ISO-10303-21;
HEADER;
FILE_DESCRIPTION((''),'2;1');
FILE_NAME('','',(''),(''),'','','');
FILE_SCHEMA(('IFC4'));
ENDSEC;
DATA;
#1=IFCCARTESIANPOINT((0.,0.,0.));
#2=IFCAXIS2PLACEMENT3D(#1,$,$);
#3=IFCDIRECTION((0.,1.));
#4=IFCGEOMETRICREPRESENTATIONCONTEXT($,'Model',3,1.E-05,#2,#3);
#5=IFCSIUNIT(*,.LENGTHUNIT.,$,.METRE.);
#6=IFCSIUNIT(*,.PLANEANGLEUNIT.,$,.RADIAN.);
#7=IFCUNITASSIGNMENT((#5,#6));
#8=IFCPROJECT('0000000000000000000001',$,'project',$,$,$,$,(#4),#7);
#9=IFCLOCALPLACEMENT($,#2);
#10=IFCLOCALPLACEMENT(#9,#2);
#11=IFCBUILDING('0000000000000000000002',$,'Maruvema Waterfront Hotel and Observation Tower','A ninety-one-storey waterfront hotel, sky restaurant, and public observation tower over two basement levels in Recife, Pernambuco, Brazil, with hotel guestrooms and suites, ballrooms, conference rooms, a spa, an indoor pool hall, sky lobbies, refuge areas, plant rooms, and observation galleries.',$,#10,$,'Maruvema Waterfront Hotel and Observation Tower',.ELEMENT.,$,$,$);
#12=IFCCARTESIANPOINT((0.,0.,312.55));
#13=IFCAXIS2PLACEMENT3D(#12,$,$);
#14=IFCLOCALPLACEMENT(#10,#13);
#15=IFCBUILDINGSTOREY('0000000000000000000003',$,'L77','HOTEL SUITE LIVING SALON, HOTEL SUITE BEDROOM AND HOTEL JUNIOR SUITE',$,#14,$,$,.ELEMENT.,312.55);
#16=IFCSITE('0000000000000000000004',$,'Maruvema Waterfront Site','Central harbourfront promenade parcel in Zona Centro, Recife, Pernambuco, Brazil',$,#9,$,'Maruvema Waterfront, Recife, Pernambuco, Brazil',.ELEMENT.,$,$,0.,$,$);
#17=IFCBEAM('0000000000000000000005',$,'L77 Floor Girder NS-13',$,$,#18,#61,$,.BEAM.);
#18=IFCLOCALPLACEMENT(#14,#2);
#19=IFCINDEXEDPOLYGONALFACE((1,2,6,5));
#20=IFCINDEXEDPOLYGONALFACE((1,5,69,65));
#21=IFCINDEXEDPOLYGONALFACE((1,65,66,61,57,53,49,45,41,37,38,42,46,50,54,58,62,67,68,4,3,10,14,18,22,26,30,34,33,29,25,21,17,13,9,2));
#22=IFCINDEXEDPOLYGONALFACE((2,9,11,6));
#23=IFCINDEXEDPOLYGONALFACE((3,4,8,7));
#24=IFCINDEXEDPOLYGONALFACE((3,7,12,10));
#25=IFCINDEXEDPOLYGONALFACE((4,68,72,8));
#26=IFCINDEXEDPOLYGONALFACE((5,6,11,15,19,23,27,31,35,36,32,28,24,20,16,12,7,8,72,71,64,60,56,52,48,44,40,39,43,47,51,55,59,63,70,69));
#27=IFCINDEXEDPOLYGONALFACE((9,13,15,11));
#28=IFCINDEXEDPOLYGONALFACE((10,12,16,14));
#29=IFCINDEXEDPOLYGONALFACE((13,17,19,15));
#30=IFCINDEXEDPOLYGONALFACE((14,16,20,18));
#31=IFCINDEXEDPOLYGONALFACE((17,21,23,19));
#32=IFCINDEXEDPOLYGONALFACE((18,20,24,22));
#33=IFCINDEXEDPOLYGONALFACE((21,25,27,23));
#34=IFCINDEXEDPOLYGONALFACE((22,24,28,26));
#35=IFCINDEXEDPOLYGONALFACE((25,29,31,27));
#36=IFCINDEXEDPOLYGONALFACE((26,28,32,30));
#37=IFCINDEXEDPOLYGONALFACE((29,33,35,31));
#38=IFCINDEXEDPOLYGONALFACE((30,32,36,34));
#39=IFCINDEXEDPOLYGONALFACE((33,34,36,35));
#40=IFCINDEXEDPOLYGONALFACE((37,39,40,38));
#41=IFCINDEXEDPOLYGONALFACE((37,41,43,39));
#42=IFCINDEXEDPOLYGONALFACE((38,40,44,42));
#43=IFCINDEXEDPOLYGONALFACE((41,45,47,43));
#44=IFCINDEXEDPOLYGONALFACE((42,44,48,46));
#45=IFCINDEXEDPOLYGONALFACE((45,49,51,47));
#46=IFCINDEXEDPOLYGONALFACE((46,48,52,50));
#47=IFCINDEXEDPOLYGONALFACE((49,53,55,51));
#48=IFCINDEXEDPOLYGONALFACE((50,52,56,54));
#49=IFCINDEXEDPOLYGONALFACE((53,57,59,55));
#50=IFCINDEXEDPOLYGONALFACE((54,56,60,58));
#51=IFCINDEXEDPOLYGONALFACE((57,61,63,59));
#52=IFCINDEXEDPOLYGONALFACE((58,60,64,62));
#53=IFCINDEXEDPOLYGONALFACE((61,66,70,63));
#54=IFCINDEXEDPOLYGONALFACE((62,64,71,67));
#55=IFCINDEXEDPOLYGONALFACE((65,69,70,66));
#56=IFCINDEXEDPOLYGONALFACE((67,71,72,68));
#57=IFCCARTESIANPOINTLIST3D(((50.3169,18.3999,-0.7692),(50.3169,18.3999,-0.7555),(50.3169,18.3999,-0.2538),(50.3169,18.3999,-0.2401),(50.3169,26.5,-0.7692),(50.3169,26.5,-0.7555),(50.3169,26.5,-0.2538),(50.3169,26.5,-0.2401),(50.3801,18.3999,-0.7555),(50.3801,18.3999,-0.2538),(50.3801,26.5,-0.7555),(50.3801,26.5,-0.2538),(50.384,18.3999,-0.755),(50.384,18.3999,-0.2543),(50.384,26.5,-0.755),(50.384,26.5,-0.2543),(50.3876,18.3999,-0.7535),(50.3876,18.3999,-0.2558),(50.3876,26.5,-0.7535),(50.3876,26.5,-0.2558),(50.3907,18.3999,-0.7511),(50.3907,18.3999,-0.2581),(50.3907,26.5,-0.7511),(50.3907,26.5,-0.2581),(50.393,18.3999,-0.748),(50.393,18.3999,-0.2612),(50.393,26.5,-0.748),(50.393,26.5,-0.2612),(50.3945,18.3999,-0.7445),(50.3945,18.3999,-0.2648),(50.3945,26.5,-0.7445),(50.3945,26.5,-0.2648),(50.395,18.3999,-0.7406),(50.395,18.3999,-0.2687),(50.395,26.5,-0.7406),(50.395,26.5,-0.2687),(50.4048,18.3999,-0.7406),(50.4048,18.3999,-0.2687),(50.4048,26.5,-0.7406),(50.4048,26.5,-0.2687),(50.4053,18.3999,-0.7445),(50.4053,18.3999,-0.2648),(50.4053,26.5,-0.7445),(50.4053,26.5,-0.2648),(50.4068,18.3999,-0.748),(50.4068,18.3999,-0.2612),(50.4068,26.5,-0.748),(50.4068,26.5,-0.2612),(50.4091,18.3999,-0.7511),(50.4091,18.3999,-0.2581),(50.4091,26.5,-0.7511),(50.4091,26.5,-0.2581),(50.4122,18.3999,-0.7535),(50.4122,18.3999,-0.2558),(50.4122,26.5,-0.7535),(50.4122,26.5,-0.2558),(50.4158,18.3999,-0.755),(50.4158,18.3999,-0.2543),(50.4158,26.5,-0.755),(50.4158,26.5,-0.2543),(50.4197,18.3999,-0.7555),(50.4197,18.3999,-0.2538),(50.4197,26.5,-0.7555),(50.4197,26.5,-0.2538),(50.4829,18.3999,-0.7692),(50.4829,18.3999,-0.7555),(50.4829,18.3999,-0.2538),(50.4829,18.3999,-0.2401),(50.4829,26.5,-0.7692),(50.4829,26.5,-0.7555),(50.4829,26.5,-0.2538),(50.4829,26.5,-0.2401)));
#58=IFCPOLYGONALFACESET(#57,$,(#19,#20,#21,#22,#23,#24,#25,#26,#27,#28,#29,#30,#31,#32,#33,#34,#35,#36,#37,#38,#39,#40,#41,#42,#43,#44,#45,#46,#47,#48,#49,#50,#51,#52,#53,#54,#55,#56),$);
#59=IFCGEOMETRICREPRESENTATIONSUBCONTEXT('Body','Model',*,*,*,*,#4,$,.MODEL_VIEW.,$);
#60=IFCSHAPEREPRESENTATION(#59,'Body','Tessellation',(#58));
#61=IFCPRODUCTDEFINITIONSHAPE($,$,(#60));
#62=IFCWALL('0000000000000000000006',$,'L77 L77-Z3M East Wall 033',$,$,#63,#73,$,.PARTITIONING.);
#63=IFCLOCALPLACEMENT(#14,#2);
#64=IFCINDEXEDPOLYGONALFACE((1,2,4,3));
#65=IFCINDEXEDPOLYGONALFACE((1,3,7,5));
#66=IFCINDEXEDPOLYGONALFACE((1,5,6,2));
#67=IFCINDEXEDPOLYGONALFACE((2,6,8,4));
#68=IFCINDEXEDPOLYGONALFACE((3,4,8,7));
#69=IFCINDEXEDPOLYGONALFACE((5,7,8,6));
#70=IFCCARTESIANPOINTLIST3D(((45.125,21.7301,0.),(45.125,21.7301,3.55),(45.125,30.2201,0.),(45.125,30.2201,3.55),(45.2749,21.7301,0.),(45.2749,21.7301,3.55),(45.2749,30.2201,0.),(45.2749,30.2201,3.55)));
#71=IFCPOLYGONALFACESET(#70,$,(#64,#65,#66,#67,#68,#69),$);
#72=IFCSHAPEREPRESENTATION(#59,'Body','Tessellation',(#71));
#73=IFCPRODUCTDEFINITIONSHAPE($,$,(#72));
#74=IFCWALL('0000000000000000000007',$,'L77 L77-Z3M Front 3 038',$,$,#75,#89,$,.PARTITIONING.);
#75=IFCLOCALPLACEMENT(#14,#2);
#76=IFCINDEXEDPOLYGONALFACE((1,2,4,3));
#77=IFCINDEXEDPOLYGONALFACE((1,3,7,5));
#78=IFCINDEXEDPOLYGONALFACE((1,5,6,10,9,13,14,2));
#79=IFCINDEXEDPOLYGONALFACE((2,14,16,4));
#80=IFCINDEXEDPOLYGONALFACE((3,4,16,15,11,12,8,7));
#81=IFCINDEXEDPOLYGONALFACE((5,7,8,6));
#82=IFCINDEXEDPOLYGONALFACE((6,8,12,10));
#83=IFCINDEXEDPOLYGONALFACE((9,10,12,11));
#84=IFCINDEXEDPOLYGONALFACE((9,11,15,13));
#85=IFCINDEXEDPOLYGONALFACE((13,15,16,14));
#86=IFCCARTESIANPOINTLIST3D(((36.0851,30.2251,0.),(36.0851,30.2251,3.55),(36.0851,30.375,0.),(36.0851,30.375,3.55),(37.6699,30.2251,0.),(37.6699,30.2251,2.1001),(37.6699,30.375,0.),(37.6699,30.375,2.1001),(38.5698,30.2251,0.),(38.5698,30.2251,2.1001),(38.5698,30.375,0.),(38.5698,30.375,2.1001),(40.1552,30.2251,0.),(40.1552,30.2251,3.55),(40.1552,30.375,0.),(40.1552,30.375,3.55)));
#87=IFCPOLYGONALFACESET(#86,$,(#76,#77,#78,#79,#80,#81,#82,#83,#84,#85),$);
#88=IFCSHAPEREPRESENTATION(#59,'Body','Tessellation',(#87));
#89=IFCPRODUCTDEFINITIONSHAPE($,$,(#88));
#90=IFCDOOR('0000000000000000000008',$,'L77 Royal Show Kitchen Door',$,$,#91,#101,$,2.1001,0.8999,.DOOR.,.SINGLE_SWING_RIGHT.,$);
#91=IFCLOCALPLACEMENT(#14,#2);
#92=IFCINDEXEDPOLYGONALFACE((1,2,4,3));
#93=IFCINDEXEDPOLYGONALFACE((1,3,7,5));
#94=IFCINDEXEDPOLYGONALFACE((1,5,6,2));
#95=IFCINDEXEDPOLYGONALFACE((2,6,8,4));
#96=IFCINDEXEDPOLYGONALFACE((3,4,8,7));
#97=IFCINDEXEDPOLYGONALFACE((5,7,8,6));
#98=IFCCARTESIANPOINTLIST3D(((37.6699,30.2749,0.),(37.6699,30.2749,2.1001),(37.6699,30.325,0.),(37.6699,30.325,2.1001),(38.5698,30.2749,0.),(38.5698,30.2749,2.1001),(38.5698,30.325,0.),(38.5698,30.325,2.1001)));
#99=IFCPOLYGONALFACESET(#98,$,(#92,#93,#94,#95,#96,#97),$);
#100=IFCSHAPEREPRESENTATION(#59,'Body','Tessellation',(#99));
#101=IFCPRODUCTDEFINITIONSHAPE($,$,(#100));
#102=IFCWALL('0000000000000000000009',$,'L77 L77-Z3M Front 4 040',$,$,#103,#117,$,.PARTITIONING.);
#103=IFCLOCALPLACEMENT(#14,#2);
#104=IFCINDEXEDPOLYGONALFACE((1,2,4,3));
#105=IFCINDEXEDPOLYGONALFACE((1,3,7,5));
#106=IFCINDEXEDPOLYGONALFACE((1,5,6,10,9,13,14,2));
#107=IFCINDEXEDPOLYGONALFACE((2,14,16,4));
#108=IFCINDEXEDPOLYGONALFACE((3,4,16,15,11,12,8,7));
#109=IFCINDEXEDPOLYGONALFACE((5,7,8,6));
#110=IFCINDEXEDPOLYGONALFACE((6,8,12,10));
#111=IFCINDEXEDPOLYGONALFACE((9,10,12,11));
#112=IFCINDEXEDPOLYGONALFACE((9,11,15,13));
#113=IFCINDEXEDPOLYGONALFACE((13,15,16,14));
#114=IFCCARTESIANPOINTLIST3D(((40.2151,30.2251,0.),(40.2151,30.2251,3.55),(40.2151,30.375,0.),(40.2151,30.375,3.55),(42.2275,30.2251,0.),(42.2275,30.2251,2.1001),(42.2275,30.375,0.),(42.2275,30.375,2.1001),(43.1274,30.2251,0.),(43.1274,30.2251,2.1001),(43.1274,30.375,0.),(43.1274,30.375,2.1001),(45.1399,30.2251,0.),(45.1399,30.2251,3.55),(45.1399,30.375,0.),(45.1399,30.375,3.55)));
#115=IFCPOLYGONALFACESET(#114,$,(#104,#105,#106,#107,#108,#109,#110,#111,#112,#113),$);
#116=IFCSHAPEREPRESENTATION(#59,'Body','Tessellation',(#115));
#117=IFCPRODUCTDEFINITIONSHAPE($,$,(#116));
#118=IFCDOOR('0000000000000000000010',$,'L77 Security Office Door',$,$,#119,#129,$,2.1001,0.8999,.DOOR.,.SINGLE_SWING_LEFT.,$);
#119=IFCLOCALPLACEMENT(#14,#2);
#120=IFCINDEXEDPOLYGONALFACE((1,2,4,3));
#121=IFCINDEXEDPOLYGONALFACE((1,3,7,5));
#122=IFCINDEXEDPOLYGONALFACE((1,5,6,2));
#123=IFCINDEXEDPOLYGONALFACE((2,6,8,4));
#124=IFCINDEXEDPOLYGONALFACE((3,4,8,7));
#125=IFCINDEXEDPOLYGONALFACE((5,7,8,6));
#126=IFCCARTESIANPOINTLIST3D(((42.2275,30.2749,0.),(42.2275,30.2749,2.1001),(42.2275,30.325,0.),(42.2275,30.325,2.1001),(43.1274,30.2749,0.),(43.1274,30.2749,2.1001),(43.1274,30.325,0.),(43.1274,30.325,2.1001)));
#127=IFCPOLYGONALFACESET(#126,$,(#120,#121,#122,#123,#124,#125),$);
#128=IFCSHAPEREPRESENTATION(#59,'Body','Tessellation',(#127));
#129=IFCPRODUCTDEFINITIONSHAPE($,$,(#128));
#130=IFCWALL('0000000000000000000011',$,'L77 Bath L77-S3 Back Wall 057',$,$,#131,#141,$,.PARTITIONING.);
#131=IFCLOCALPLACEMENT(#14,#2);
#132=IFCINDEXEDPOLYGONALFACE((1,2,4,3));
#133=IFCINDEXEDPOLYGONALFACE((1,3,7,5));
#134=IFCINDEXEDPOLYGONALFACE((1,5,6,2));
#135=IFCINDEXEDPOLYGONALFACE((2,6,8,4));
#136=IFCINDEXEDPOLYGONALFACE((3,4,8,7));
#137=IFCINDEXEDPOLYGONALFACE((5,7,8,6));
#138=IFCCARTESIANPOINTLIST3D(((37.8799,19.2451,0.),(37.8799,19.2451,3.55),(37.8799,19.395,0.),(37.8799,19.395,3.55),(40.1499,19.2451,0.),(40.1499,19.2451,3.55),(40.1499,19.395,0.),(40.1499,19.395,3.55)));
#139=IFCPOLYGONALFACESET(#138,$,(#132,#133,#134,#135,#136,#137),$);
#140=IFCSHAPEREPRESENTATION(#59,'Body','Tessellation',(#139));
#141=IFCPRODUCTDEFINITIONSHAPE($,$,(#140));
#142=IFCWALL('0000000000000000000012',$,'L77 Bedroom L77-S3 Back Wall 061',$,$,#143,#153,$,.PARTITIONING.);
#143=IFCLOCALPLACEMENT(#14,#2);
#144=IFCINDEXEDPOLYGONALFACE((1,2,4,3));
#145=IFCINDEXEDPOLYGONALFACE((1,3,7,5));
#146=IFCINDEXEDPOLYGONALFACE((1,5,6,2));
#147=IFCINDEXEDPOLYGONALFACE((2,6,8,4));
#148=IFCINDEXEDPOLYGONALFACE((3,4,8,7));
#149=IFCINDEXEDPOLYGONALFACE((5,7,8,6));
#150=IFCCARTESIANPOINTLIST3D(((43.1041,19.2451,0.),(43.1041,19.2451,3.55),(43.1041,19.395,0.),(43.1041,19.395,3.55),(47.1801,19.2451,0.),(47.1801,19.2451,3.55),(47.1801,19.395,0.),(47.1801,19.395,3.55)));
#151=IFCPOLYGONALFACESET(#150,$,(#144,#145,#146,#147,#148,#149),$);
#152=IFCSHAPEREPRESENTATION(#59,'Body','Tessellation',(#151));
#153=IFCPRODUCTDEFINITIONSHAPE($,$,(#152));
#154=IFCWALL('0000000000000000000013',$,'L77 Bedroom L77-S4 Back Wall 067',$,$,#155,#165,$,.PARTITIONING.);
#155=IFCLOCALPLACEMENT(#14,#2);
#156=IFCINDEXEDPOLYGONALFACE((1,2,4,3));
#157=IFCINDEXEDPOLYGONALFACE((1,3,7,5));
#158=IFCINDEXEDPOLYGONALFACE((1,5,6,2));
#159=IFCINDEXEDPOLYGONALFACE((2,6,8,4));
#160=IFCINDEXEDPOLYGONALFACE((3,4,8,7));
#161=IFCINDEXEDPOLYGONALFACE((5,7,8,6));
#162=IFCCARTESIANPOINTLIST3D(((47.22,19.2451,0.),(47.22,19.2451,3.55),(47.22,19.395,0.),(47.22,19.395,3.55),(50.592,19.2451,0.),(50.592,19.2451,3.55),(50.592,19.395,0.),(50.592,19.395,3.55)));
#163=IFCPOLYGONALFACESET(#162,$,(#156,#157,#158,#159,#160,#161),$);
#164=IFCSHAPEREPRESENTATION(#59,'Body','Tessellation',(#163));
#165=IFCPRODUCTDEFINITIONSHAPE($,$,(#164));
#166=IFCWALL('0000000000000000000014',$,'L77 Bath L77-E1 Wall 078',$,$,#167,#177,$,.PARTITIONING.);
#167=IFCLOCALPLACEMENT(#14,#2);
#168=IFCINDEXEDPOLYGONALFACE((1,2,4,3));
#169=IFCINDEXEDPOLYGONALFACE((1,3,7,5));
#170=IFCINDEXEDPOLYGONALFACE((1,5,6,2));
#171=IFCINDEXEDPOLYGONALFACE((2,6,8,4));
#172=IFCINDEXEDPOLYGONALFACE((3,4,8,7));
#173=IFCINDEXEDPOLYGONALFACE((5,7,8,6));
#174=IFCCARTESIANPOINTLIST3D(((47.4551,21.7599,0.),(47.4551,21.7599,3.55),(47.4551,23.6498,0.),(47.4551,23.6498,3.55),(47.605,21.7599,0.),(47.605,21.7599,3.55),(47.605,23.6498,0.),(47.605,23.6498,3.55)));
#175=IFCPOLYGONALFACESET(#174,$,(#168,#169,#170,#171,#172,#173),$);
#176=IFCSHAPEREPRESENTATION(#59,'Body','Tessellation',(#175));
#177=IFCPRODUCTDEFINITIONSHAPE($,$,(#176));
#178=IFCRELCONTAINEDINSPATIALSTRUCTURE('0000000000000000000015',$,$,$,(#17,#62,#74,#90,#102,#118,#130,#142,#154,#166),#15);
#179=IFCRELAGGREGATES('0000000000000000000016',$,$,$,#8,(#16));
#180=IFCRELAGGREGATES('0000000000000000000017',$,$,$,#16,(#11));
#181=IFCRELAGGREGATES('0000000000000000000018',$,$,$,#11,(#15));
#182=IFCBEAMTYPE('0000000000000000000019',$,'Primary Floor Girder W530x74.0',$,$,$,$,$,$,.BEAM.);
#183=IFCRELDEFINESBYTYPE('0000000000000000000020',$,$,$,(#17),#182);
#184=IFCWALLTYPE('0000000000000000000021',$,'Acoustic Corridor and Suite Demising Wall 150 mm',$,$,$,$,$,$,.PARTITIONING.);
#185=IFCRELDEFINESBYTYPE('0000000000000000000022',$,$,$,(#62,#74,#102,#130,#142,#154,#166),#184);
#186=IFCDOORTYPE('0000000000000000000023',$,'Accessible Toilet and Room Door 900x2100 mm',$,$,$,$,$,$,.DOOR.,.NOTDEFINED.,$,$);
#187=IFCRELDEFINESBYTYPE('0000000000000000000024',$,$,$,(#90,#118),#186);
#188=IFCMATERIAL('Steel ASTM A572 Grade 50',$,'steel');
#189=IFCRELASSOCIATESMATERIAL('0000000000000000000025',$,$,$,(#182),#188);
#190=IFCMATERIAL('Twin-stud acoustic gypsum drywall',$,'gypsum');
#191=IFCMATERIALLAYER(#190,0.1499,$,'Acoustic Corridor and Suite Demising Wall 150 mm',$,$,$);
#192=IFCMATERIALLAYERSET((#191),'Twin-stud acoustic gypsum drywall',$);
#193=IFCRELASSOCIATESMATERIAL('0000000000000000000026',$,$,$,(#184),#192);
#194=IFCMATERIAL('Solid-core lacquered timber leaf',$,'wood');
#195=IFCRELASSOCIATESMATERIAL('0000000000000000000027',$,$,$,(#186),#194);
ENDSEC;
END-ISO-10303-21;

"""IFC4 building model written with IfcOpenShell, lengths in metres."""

from ifc_helpers import new_model, si_unit, direction, frame, frame_2d, origin, origin_2d, place, context, subcontext, project, spatial, rectangle, i_section, extrude, material, layer, layer_set, material_profile, profile_set, type_object, element, fill, save


model = new_model("IFC4")

# Units and contexts
model_context = context("Model", 3, precision=1e-05, world=origin(), true_north=direction((0.0, 1.0)))
body_context = subcontext(model_context, "Body", "Model", "MODEL_VIEW")
ifc_project = project(units=[si_unit("LENGTHUNIT", "METRE"), si_unit("PLANEANGLEUNIT", "RADIAN")], contexts=[model_context])

# Site, building, storey
site_placement = place(None, origin())
site = spatial("IfcSite", under=ifc_project, at=site_placement, Name="Maruvema Waterfront Site", Description="Central harbourfront promenade parcel in Zona Centro, Recife, Pernambuco, Brazil", LongName="Maruvema Waterfront, Recife, Pernambuco, Brazil", CompositionType="ELEMENT", RefElevation=0.0)
building_placement = place(site_placement, origin())
building = spatial("IfcBuilding", under=site, at=building_placement, Name="Maruvema Waterfront Hotel and Observation Tower", Description="A ninety-one-storey waterfront hotel, sky restaurant, and public observation tower over two basement levels in Recife, Pernambuco, Brazil, with hotel guestrooms and suites, ballrooms, conference rooms, a spa, an indoor pool hall, sky lobbies, refuge areas, plant rooms, and observation galleries.", LongName="Maruvema Waterfront Hotel and Observation Tower", CompositionType="ELEMENT")
storey_placement = place(building_placement, frame((0.0, 0.0, 312.55)))
storey = spatial("IfcBuildingStorey", under=building, at=storey_placement, Name="L77", Description="HOTEL SUITE LIVING SALON, HOTEL SUITE BEDROOM AND HOTEL JUNIOR SUITE", CompositionType="ELEMENT", Elevation=312.55)

# Beam
ifc_material_1 = material(Name="Steel ASTM A572 Grade 50", Category="steel")
ifc_material_profile = material_profile(ifc_material_1, i_section(OverallWidth=0.166, OverallDepth=0.5291, WebThickness=0.0098, FlangeThickness=0.0137, FilletRadius=0.0149, at=origin_2d()), Name="W530x74.0")
ifc_profile_set = profile_set([ifc_material_profile], Name="Steel ASTM A572 Grade 50")
beam_type = type_object("IfcBeamType", Name="Primary Floor Girder W530x74.0", PredefinedType="BEAM", material=ifc_profile_set)
beam_placement = place(storey_placement, frame((50.3999, 18.3999, -0.5046), z_axis=(0.0, 1.0, 0.0), x_axis=(-1.0, 0.0, 0.0)))
element("IfcBeam", 1, at=beam_placement, inside=storey, type_object=beam_type, Name="L77 Floor Girder NS-13", PredefinedType="BEAM", context=body_context, shape_type="SweptSolid", body=[
    extrude(i_section(OverallWidth=0.166, OverallDepth=0.5291, WebThickness=0.0098, FlangeThickness=0.0137, FilletRadius=0.0149, at=origin_2d()), origin(), (0.0, 0.0, 1.0), 8.1001),
])

# Wall
ifc_material_2 = material(Name="Twin-stud acoustic gypsum drywall", Category="gypsum")
ifc_layer_1 = layer(ifc_material_2, 0.1499, Name="Acoustic Corridor and Suite Demising Wall 150 mm")
ifc_layer_set_1 = layer_set([ifc_layer_1], Name="Twin-stud acoustic gypsum drywall")
wall_type_1 = type_object("IfcWallType", Name="Acoustic Corridor and Suite Demising Wall 150 mm", PredefinedType="PARTITIONING", material=ifc_layer_set_1)
wall_1_placement = place(storey_placement, frame((45.2, 21.73, 0.0), z_axis=(0.0, 0.0, 1.0), x_axis=(0.0, 1.0, 0.0)))
element("IfcWall", 2, at=wall_1_placement, inside=storey, type_object=wall_type_1, Name="L77 L77-Z3M East Wall 033", PredefinedType="PARTITIONING", context=body_context, shape_type="SweptSolid", body=[
    extrude(rectangle(XDim=8.49, YDim=0.1499, at=frame_2d((4.2451, 0.0))), origin(), (0.0, 0.0, 1.0), 3.55),
])

# Walls, openings, doors
wall_2_placement = place(storey_placement, frame((36.085, 30.3, 0.0), z_axis=(0.0, 0.0, 1.0), x_axis=(1.0, 0.0, 0.0)))
wall_2 = element("IfcWall", 3, at=wall_2_placement, inside=storey, type_object=wall_type_1, Name="L77 L77-Z3M Front 3 038", PredefinedType="PARTITIONING", context=body_context, shape_type="SweptSolid", body=[
    extrude(rectangle(XDim=4.0701, YDim=0.1499, at=frame_2d((2.0352, 0.0))), origin(), (0.0, 0.0, 1.0), 3.55),
])
opening_1_placement = place(wall_2_placement, frame((1.585, 0.0, 0.0)))
opening_1 = element("IfcOpeningElement", 4, at=opening_1_placement, cuts=wall_2, PredefinedType="OPENING", context=body_context, shape_type="SweptSolid", body=[
    extrude(rectangle(XDim=0.8999, YDim=2.1001, at=frame_2d((0.45, 1.05))), frame((0.0, 0.085, 0.0), z_axis=(0.0, -1.0, 0.0), x_axis=(1.0, 0.0, 0.0)), (0.0, 0.0, 1.0), 0.1699),
])
ifc_material_3 = material(Name="Solid-core lacquered timber leaf", Category="wood")
door_type_1 = type_object("IfcDoorType", Name="Accessible Toilet and Room Door 900x2100 mm", OperationType="NOTDEFINED", PredefinedType="DOOR", material=ifc_material_3)
door_1_placement = place(opening_1_placement, origin())
door_1 = element("IfcDoor", 5, at=door_1_placement, inside=storey, type_object=door_type_1, Name="L77 Royal Show Kitchen Door", OperationType="SINGLE_SWING_RIGHT", OverallHeight=2.1001, OverallWidth=0.8999, PredefinedType="DOOR", context=body_context, shape_type="SweptSolid", body=[
    extrude(rectangle(XDim=0.8999, YDim=2.1001, at=frame_2d((0.45, 1.05))), frame((0.0, 0.0249, 0.0), z_axis=(0.0, -1.0, 0.0), x_axis=(1.0, 0.0, 0.0)), (0.0, 0.0, 1.0), 0.05),
])
fill(opening_1, door_1)
wall_3_placement = place(storey_placement, frame((40.2151, 30.3, 0.0), z_axis=(0.0, 0.0, 1.0), x_axis=(1.0, 0.0, 0.0)))
wall_3 = element("IfcWall", 6, at=wall_3_placement, inside=storey, type_object=wall_type_1, Name="L77 L77-Z3M Front 4 040", PredefinedType="PARTITIONING", context=body_context, shape_type="SweptSolid", body=[
    extrude(rectangle(XDim=4.9248, YDim=0.1499, at=frame_2d((2.4624, 0.0))), origin(), (0.0, 0.0, 1.0), 3.55),
])
opening_2_placement = place(wall_3_placement, frame((2.0125, 0.0, 0.0)))
opening_2 = element("IfcOpeningElement", 7, at=opening_2_placement, cuts=wall_3, PredefinedType="OPENING", context=body_context, shape_type="SweptSolid", body=[
    extrude(rectangle(XDim=0.8999, YDim=2.1001, at=frame_2d((0.45, 1.05))), frame((0.0, 0.085, 0.0), z_axis=(0.0, -1.0, 0.0), x_axis=(1.0, 0.0, 0.0)), (0.0, 0.0, 1.0), 0.1699),
])
door_2_placement = place(opening_2_placement, origin())
door_2 = element("IfcDoor", 8, at=door_2_placement, inside=storey, type_object=door_type_1, Name="L77 Security Office Door", OperationType="SINGLE_SWING_LEFT", OverallHeight=2.1001, OverallWidth=0.8999, PredefinedType="DOOR", context=body_context, shape_type="SweptSolid", body=[
    extrude(rectangle(XDim=0.8999, YDim=2.1001, at=frame_2d((0.45, 1.05))), frame((0.0, 0.0249, 0.0), z_axis=(0.0, -1.0, 0.0), x_axis=(1.0, 0.0, 0.0)), (0.0, 0.0, 1.0), 0.05),
])
fill(opening_2, door_2)

# Wall
wall_4_placement = place(storey_placement, frame((37.8799, 19.3201, 0.0), z_axis=(0.0, 0.0, 1.0), x_axis=(1.0, 0.0, 0.0)))
element("IfcWall", 9, at=wall_4_placement, inside=storey, type_object=wall_type_1, Name="L77 Bath L77-S3 Back Wall 057", PredefinedType="PARTITIONING", context=body_context, shape_type="SweptSolid", body=[
    extrude(rectangle(XDim=2.27, YDim=0.1499, at=frame_2d((1.135, 0.0))), origin(), (0.0, 0.0, 1.0), 3.55),
])

# Walls
wall_5_placement = place(storey_placement, frame((43.104, 19.3201, 0.0), z_axis=(0.0, 0.0, 1.0), x_axis=(1.0, 0.0, 0.0)))
element("IfcWall", 10, at=wall_5_placement, inside=storey, type_object=wall_type_1, Name="L77 Bedroom L77-S3 Back Wall 061", PredefinedType="PARTITIONING", context=body_context, shape_type="SweptSolid", body=[
    extrude(rectangle(XDim=4.0759, YDim=0.1499, at=frame_2d((2.0381, 0.0))), origin(), (0.0, 0.0, 1.0), 3.55),
])
wall_6_placement = place(storey_placement, frame((47.22, 19.3201, 0.0), z_axis=(0.0, 0.0, 1.0), x_axis=(1.0, 0.0, 0.0)))
element("IfcWall", 11, at=wall_6_placement, inside=storey, type_object=wall_type_1, Name="L77 Bedroom L77-S4 Back Wall 067", PredefinedType="PARTITIONING", context=body_context, shape_type="SweptSolid", body=[
    extrude(rectangle(XDim=3.3721, YDim=0.1499, at=frame_2d((1.686, 0.0))), origin(), (0.0, 0.0, 1.0), 3.55),
])
wall_7_placement = place(storey_placement, frame((47.53, 21.76, 0.0), z_axis=(0.0, 0.0, 1.0), x_axis=(0.0, 1.0, 0.0)))
element("IfcWall", 12, at=wall_7_placement, inside=storey, type_object=wall_type_1, Name="L77 Bath L77-E1 Wall 078", PredefinedType="PARTITIONING", context=body_context, shape_type="SweptSolid", body=[
    extrude(rectangle(XDim=1.8899, YDim=0.1499, at=frame_2d((0.9448, 0.0))), origin(), (0.0, 0.0, 1.0), 3.55),
])

save(model, "model.ifc")
